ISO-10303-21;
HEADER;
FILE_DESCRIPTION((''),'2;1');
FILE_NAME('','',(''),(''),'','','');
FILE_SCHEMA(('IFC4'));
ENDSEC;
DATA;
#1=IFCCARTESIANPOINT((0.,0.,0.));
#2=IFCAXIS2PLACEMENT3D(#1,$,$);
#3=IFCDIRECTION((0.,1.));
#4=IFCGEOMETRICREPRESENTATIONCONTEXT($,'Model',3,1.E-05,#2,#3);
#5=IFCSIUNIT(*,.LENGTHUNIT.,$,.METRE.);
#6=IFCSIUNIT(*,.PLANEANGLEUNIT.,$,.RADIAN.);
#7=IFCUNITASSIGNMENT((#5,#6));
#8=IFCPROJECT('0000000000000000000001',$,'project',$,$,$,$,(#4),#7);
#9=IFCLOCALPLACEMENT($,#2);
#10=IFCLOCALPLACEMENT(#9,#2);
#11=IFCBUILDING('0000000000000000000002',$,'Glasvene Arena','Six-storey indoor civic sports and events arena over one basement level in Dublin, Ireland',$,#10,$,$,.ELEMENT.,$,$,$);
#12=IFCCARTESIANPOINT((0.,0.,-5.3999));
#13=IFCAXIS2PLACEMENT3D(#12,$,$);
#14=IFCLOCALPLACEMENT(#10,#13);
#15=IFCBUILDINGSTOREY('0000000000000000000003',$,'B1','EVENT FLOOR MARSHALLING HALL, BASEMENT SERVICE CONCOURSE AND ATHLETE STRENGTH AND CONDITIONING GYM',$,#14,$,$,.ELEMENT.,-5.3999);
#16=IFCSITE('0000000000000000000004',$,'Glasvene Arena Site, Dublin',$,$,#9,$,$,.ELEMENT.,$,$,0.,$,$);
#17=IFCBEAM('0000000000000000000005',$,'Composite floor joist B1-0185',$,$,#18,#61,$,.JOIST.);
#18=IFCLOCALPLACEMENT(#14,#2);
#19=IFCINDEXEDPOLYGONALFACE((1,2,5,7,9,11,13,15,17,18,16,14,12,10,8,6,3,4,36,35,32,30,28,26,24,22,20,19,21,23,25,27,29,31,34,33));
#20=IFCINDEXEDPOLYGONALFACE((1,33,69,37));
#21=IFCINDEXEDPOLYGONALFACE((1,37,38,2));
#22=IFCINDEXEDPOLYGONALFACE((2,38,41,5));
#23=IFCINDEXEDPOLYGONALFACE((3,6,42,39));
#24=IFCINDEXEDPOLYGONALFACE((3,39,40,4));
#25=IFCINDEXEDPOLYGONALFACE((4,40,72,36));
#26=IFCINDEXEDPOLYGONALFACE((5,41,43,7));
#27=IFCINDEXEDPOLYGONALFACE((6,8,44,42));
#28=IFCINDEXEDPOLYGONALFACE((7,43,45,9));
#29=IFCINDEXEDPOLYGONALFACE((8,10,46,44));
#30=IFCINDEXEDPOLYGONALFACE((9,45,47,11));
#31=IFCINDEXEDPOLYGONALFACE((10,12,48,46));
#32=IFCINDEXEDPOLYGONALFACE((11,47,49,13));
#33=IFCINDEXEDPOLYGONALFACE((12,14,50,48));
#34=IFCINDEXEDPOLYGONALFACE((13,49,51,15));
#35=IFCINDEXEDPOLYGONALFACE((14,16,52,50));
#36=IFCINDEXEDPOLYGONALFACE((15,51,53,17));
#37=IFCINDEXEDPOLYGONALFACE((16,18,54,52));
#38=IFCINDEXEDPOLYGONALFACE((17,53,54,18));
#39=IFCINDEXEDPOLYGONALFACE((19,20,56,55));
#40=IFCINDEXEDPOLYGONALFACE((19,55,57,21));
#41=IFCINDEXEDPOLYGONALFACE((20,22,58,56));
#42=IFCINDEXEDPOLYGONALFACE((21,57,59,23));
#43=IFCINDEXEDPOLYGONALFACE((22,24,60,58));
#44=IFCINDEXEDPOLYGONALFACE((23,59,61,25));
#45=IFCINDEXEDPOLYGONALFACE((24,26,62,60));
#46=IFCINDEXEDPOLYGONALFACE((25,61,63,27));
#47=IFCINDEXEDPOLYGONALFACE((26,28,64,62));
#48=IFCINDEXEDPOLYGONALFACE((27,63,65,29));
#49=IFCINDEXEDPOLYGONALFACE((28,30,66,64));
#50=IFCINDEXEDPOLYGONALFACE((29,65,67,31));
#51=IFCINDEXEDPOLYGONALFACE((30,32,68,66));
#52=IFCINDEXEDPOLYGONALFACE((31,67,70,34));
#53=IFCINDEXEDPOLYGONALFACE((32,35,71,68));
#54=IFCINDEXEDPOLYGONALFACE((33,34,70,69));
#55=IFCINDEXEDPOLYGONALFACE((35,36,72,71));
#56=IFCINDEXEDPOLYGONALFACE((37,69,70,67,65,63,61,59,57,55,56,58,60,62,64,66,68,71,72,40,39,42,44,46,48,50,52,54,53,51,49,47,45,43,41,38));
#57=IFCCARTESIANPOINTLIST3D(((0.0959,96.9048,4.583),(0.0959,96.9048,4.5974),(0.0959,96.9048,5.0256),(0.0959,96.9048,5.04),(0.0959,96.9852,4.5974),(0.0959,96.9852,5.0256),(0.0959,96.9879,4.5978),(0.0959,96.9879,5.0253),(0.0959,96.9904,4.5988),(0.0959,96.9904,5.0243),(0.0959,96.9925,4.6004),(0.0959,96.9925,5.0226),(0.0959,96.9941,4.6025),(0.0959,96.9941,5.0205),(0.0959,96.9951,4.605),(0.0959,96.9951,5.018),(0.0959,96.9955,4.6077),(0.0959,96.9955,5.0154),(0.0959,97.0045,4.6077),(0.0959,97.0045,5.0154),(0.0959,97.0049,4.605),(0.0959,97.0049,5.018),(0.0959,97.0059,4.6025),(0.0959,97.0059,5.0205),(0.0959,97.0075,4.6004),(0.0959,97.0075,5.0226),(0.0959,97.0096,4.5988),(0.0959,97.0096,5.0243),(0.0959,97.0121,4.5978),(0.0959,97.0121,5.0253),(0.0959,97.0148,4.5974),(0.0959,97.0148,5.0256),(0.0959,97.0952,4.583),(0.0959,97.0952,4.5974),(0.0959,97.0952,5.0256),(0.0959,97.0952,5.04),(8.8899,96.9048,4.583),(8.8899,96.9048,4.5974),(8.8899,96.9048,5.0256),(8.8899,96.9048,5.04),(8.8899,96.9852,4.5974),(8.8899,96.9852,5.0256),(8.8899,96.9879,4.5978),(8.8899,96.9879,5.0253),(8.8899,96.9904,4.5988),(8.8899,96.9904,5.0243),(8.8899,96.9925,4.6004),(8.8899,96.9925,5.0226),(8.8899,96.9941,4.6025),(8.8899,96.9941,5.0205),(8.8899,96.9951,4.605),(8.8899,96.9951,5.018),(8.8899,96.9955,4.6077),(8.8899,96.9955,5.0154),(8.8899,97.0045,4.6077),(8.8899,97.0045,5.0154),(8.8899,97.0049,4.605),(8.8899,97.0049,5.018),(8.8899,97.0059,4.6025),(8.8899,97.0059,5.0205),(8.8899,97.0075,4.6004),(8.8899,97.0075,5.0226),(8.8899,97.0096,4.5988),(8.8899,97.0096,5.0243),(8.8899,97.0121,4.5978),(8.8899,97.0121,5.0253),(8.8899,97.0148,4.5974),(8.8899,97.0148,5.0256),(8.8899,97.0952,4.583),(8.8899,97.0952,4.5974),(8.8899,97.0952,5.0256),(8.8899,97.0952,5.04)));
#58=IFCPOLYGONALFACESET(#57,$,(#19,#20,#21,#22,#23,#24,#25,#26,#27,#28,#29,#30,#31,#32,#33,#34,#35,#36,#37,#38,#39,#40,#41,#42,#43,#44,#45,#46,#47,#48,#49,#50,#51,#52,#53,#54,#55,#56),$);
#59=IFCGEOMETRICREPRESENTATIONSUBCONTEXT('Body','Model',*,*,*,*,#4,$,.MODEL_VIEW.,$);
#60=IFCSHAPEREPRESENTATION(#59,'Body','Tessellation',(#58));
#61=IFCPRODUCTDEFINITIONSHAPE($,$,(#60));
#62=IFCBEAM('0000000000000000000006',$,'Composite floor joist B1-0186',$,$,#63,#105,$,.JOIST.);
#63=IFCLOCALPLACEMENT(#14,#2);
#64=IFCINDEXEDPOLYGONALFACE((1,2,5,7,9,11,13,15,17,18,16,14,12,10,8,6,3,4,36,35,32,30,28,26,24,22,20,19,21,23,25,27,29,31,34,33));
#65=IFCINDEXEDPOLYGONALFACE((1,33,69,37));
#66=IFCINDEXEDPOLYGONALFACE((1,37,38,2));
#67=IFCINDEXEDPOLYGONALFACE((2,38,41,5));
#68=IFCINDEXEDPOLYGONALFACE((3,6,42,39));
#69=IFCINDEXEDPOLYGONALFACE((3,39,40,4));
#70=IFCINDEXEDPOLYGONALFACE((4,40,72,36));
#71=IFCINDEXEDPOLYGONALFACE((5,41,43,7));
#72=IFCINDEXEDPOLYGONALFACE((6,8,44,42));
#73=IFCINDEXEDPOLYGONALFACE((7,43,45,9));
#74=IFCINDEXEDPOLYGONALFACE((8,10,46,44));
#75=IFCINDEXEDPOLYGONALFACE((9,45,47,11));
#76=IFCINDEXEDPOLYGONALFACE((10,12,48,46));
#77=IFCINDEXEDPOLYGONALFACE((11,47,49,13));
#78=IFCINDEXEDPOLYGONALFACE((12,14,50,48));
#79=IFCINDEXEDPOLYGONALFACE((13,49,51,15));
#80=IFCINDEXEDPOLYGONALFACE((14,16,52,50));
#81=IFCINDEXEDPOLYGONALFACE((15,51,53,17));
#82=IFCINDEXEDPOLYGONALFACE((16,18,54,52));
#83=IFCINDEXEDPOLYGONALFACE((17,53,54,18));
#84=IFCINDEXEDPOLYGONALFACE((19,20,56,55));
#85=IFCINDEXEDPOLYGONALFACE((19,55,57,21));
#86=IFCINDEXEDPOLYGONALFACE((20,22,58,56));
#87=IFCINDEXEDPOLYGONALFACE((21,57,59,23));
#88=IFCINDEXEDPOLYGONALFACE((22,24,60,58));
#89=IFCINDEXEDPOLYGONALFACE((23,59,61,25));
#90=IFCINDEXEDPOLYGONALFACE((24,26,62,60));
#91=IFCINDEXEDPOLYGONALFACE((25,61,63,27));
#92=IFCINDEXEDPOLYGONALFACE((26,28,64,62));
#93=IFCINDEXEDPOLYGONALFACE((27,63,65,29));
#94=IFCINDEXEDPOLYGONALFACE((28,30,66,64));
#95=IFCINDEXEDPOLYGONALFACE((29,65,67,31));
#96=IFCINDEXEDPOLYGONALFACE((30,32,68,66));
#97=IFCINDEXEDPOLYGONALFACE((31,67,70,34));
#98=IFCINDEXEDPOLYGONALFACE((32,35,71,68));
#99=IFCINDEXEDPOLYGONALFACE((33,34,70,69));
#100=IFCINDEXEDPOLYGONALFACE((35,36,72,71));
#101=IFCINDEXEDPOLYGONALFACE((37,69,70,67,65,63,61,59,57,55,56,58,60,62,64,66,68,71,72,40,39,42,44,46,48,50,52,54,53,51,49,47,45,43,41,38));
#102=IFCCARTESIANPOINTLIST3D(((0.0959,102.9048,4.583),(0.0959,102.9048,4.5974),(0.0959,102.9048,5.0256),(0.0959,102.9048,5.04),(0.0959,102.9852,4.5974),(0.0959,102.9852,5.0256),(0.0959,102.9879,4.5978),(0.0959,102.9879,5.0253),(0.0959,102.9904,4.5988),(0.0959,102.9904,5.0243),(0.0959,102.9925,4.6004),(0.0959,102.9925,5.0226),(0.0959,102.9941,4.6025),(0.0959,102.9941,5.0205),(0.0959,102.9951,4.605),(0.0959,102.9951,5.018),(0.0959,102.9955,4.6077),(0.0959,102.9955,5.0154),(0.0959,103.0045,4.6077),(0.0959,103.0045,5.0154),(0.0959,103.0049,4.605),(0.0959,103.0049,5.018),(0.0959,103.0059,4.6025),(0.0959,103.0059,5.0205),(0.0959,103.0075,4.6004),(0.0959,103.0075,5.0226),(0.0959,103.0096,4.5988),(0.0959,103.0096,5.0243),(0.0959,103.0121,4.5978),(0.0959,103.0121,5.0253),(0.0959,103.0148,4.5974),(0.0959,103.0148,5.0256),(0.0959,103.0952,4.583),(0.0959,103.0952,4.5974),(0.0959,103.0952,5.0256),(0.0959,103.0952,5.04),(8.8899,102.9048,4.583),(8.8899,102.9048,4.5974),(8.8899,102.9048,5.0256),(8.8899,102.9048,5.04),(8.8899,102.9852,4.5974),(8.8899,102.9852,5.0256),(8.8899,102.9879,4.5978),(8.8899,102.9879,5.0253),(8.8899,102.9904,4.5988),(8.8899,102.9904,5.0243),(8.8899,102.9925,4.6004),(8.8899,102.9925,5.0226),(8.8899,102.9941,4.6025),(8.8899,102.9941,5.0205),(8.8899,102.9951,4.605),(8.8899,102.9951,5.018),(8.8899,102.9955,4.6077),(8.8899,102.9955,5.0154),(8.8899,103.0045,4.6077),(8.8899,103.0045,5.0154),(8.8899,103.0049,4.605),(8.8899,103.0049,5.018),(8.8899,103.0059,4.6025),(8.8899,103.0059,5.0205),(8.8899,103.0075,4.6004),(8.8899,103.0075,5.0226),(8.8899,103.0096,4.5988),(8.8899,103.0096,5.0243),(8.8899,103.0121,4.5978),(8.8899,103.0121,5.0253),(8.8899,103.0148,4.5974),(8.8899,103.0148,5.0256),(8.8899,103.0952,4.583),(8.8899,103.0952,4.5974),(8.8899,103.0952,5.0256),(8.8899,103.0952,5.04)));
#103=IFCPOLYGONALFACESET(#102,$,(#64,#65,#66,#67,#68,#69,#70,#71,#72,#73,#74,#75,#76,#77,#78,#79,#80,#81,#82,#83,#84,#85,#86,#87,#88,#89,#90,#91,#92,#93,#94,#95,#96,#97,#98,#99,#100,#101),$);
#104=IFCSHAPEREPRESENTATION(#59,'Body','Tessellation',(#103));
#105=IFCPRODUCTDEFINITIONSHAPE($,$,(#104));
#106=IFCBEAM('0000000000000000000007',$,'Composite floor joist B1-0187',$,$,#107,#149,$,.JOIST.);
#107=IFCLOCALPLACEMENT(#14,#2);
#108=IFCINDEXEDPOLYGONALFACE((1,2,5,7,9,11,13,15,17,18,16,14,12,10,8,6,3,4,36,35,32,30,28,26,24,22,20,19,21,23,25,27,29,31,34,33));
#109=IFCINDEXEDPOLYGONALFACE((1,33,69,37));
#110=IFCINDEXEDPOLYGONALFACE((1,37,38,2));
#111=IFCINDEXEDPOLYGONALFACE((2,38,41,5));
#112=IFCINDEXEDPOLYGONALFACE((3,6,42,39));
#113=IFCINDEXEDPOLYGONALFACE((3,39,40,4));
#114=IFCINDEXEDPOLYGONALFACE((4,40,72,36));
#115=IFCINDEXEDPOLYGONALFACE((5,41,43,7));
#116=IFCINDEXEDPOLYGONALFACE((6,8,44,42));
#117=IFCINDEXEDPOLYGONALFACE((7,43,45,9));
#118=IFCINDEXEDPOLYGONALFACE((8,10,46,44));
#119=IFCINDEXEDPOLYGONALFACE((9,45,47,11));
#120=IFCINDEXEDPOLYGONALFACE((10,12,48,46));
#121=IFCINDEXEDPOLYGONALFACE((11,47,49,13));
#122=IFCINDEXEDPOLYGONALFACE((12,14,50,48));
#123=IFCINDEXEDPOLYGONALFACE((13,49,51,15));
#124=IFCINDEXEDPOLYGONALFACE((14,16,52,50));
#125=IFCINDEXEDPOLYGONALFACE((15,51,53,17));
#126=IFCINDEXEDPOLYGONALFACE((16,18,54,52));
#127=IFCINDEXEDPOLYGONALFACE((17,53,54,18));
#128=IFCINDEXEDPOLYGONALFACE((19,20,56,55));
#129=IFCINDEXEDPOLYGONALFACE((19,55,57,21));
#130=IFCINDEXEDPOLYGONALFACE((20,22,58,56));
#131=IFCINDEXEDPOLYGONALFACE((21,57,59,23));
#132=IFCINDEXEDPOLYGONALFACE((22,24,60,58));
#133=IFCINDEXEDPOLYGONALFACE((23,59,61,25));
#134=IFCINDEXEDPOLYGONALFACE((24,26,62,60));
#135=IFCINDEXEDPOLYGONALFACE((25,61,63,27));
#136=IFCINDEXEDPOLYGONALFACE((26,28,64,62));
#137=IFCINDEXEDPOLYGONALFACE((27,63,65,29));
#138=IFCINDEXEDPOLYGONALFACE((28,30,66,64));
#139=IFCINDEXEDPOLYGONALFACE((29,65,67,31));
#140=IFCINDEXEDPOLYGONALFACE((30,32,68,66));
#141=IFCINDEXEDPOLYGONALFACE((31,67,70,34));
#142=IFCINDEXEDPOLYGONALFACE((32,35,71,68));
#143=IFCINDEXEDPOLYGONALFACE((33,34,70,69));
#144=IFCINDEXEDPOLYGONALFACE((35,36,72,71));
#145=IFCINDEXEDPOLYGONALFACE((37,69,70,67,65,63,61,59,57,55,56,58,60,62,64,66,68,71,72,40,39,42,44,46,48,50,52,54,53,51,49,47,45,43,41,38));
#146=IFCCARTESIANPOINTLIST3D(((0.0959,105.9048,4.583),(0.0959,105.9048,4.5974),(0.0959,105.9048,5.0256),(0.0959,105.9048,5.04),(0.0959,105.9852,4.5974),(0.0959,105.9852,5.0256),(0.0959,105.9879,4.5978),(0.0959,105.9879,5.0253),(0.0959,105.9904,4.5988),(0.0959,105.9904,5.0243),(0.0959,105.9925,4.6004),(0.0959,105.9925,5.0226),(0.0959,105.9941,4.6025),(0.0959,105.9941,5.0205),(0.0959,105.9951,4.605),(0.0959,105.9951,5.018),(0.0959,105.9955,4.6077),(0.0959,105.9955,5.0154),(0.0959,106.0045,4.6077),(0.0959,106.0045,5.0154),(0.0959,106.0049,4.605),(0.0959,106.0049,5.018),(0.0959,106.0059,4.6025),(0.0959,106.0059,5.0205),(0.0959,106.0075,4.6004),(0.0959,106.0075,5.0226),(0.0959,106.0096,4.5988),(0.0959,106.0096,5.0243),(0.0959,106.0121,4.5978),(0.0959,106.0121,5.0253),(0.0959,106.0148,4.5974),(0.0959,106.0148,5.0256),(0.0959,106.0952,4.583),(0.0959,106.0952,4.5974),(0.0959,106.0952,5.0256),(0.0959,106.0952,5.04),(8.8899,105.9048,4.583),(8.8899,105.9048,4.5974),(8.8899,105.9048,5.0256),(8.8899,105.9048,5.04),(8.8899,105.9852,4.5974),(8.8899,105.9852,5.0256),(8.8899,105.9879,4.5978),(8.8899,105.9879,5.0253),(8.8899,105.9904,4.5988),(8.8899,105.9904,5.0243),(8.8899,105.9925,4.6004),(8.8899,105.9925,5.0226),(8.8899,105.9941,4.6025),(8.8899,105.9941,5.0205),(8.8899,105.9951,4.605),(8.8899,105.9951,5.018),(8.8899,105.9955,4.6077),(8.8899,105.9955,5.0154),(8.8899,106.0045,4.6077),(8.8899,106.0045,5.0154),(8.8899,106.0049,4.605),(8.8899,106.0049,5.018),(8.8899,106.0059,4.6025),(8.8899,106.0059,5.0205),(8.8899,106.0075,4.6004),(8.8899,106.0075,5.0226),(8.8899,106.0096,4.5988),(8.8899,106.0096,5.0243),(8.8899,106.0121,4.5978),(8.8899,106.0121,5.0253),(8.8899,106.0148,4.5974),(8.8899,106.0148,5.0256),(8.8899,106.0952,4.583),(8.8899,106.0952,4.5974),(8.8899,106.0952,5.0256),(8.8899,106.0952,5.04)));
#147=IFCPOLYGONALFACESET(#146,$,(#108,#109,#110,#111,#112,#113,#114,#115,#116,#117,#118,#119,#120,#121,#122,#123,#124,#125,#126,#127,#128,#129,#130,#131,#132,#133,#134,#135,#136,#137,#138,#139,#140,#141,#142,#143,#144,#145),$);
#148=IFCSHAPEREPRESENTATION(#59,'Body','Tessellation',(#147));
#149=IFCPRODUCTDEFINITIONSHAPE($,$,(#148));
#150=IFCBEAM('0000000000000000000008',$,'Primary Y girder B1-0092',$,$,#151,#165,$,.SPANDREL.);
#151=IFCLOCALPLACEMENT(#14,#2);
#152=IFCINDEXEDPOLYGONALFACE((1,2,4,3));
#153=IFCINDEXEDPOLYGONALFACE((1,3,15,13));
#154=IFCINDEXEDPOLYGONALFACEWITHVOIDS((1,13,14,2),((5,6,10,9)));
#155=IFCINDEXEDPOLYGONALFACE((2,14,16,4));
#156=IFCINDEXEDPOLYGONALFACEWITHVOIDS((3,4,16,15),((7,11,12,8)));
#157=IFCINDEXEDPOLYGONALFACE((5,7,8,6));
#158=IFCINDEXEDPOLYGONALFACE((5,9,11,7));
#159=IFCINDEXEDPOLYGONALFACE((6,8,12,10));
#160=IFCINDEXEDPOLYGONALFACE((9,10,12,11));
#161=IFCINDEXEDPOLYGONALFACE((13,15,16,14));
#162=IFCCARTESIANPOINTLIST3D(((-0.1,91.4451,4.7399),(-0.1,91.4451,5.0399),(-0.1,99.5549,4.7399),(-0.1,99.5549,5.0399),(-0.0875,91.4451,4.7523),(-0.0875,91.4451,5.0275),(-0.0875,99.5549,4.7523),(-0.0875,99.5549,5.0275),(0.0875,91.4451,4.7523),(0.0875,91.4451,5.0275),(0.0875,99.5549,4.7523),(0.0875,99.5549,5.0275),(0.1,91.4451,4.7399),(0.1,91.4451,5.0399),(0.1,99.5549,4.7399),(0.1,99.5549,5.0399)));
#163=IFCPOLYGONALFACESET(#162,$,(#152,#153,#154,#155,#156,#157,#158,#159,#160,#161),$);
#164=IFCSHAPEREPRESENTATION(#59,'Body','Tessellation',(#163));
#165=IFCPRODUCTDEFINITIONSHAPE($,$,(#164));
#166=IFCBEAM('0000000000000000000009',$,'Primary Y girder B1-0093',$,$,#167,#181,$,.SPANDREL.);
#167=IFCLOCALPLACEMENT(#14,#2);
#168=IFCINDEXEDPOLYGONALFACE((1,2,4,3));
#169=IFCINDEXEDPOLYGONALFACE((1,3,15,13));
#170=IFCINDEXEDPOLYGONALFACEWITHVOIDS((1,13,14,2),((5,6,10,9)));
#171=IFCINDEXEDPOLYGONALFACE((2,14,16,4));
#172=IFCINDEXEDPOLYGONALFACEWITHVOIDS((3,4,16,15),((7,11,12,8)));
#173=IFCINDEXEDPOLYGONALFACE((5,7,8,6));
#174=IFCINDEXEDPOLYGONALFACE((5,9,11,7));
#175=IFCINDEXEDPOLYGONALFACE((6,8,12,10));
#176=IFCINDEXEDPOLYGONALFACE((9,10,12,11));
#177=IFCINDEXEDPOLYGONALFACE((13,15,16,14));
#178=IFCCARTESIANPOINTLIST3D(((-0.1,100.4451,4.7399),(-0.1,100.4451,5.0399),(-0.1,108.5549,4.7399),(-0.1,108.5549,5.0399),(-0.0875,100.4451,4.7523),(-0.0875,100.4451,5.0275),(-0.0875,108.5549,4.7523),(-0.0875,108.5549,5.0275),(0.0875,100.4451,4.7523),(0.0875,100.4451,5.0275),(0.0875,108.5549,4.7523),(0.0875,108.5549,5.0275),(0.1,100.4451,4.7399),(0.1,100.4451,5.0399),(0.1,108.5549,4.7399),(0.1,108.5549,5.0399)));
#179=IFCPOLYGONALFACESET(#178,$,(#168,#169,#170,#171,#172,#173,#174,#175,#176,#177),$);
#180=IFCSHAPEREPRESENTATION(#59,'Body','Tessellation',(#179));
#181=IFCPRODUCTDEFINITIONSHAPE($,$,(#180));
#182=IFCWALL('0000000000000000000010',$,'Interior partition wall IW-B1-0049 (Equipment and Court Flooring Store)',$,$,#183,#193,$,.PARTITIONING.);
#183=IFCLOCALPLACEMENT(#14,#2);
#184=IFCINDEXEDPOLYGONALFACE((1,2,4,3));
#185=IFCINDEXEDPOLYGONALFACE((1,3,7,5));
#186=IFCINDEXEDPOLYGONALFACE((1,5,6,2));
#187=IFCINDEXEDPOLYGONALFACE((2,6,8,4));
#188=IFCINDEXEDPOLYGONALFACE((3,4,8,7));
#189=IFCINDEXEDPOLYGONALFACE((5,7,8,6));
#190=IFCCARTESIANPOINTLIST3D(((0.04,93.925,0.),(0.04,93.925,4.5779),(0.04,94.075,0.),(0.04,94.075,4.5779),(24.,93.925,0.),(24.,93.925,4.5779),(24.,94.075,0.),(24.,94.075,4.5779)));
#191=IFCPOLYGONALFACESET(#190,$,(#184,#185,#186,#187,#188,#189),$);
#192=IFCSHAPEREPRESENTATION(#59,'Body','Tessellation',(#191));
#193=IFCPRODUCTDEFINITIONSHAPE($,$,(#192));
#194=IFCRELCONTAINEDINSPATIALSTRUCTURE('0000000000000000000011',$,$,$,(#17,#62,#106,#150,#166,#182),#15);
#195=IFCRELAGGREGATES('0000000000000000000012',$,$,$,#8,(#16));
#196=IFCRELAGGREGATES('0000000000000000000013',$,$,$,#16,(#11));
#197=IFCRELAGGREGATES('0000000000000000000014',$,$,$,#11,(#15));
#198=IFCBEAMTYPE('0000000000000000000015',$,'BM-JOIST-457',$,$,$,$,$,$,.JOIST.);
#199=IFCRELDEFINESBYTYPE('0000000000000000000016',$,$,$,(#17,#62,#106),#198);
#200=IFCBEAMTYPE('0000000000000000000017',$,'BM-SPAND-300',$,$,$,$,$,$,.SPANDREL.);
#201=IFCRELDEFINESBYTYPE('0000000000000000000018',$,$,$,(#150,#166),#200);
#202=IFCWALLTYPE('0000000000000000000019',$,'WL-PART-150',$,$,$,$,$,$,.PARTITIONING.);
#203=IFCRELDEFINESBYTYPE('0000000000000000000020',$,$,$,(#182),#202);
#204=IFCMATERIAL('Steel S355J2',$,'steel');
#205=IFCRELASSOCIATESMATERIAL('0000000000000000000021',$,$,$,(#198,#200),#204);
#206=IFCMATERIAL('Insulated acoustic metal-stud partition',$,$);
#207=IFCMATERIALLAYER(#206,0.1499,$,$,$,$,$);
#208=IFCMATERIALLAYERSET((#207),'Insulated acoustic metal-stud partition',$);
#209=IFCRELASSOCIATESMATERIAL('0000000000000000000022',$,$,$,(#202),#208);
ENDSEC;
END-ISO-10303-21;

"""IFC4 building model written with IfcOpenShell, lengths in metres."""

from ifc_helpers import new_model, si_unit, direction, frame, frame_2d, origin, origin_2d, place, context, subcontext, project, spatial, rectangle, hollow_rectangle, i_section, extrude, material, layer, layer_set, material_profile, profile_set, type_object, element, save


model = new_model("IFC4")

# Units and contexts
model_context = context("Model", 3, precision=1e-05, world=origin(), true_north=direction((0.0, 1.0)))
body_context = subcontext(model_context, "Body", "Model", "MODEL_VIEW")
ifc_project = project(units=[si_unit("LENGTHUNIT", "METRE"), si_unit("PLANEANGLEUNIT", "RADIAN")], contexts=[model_context])

# Site, building, storey
site_placement = place(None, origin())
site = spatial("IfcSite", under=ifc_project, at=site_placement, Name="Glasvene Arena Site, Dublin", CompositionType="ELEMENT", RefElevation=0.0)
building_placement = place(site_placement, origin())
building = spatial("IfcBuilding", under=site, at=building_placement, Name="Glasvene Arena", Description="Six-storey indoor civic sports and events arena over one basement level in Dublin, Ireland", CompositionType="ELEMENT")
storey_placement = place(building_placement, frame((0.0, 0.0, -5.3999)))
storey = spatial("IfcBuildingStorey", under=building, at=storey_placement, Name="B1", Description="EVENT FLOOR MARSHALLING HALL, BASEMENT SERVICE CONCOURSE AND ATHLETE STRENGTH AND CONDITIONING GYM", CompositionType="ELEMENT", Elevation=-5.3999)

# Beams
ifc_material_1 = material(Name="Steel S355J2", Category="steel")
ifc_material_profile_1 = material_profile(ifc_material_1, i_section(OverallWidth=0.1904, OverallDepth=0.457, WebThickness=0.009, FlangeThickness=0.0144, FilletRadius=0.0103, at=origin_2d()), Name="UKB 457x191x74")
ifc_profile_set_1 = profile_set([ifc_material_profile_1], Name="Steel S355J2")
beam_type_1 = type_object("IfcBeamType", Name="BM-JOIST-457", PredefinedType="JOIST", material=ifc_profile_set_1)
for number, where, z_axis, x_axis, name in (
    (1, (0.0959, 97.0, 4.8115), (1.0, 0.0, 0.0), (0.0, 1.0, 0.0), "Composite floor joist B1-0185"),
    (2, (0.0959, 103.0, 4.8115), (1.0, 0.0, 0.0), (0.0, 1.0, 0.0), "Composite floor joist B1-0186"),
    (3, (0.0959, 106.0, 4.8115), (1.0, 0.0, 0.0), (0.0, 1.0, 0.0), "Composite floor joist B1-0187"),
):
    element("IfcBeam", number, at=place(storey_placement, frame(where, z_axis=z_axis, x_axis=x_axis)), inside=storey, type_object=beam_type_1, Name=name, PredefinedType="JOIST", context=body_context, shape_type="SweptSolid", body=[
        extrude(i_section(OverallWidth=0.1904, OverallDepth=0.457, WebThickness=0.009, FlangeThickness=0.0144, FilletRadius=0.0103, at=origin_2d()), origin(), (0.0, 0.0, 1.0), 8.7939),
    ])
ifc_material_profile_2 = material_profile(ifc_material_1, hollow_rectangle(XDim=0.2, YDim=0.3, WallThickness=0.0125, at=origin_2d()), Name="RHS 300x200x12.5")
ifc_profile_set_2 = profile_set([ifc_material_profile_2], Name="Steel S355J2")
beam_type_2 = type_object("IfcBeamType", Name="BM-SPAND-300", PredefinedType="SPANDREL", material=ifc_profile_set_2)
for number, where, z_axis, x_axis, name in (
    (4, (0.0, 91.4451, 4.8899), (0.0, 1.0, 0.0), (-1.0, 0.0, 0.0), "Primary Y girder B1-0092"),
    (5, (0.0, 100.4451, 4.8899), (0.0, 1.0, 0.0), (-1.0, 0.0, 0.0), "Primary Y girder B1-0093"),
):
    element("IfcBeam", number, at=place(storey_placement, frame(where, z_axis=z_axis, x_axis=x_axis)), inside=storey, type_object=beam_type_2, Name=name, PredefinedType="SPANDREL", context=body_context, shape_type="SweptSolid", body=[
        extrude(hollow_rectangle(XDim=0.2, YDim=0.3, WallThickness=0.0125, at=origin_2d()), origin(), (0.0, 0.0, 1.0), 8.1099),
    ])

# Wall
ifc_material_2 = material(Name="Insulated acoustic metal-stud partition")
ifc_layer_1 = layer(ifc_material_2, 0.1499)
ifc_layer_set_1 = layer_set([ifc_layer_1], Name="Insulated acoustic metal-stud partition")
wall_type_1 = type_object("IfcWallType", Name="WL-PART-150", PredefinedType="PARTITIONING", material=ifc_layer_set_1)
wall_placement = place(storey_placement, frame((0.04, 94.0, 0.0), z_axis=(0.0, 0.0, 1.0), x_axis=(1.0, 0.0, 0.0)))
element("IfcWall", 6, at=wall_placement, inside=storey, type_object=wall_type_1, Name="Interior partition wall IW-B1-0049 (Equipment and Court Flooring Store)", PredefinedType="PARTITIONING", context=body_context, shape_type="SweptSolid", body=[
    extrude(rectangle(XDim=23.96, YDim=0.1499, at=frame_2d((11.98, 0.0))), origin(), (0.0, 0.0, 1.0), 4.5779),
])

save(model, "model.ifc")
